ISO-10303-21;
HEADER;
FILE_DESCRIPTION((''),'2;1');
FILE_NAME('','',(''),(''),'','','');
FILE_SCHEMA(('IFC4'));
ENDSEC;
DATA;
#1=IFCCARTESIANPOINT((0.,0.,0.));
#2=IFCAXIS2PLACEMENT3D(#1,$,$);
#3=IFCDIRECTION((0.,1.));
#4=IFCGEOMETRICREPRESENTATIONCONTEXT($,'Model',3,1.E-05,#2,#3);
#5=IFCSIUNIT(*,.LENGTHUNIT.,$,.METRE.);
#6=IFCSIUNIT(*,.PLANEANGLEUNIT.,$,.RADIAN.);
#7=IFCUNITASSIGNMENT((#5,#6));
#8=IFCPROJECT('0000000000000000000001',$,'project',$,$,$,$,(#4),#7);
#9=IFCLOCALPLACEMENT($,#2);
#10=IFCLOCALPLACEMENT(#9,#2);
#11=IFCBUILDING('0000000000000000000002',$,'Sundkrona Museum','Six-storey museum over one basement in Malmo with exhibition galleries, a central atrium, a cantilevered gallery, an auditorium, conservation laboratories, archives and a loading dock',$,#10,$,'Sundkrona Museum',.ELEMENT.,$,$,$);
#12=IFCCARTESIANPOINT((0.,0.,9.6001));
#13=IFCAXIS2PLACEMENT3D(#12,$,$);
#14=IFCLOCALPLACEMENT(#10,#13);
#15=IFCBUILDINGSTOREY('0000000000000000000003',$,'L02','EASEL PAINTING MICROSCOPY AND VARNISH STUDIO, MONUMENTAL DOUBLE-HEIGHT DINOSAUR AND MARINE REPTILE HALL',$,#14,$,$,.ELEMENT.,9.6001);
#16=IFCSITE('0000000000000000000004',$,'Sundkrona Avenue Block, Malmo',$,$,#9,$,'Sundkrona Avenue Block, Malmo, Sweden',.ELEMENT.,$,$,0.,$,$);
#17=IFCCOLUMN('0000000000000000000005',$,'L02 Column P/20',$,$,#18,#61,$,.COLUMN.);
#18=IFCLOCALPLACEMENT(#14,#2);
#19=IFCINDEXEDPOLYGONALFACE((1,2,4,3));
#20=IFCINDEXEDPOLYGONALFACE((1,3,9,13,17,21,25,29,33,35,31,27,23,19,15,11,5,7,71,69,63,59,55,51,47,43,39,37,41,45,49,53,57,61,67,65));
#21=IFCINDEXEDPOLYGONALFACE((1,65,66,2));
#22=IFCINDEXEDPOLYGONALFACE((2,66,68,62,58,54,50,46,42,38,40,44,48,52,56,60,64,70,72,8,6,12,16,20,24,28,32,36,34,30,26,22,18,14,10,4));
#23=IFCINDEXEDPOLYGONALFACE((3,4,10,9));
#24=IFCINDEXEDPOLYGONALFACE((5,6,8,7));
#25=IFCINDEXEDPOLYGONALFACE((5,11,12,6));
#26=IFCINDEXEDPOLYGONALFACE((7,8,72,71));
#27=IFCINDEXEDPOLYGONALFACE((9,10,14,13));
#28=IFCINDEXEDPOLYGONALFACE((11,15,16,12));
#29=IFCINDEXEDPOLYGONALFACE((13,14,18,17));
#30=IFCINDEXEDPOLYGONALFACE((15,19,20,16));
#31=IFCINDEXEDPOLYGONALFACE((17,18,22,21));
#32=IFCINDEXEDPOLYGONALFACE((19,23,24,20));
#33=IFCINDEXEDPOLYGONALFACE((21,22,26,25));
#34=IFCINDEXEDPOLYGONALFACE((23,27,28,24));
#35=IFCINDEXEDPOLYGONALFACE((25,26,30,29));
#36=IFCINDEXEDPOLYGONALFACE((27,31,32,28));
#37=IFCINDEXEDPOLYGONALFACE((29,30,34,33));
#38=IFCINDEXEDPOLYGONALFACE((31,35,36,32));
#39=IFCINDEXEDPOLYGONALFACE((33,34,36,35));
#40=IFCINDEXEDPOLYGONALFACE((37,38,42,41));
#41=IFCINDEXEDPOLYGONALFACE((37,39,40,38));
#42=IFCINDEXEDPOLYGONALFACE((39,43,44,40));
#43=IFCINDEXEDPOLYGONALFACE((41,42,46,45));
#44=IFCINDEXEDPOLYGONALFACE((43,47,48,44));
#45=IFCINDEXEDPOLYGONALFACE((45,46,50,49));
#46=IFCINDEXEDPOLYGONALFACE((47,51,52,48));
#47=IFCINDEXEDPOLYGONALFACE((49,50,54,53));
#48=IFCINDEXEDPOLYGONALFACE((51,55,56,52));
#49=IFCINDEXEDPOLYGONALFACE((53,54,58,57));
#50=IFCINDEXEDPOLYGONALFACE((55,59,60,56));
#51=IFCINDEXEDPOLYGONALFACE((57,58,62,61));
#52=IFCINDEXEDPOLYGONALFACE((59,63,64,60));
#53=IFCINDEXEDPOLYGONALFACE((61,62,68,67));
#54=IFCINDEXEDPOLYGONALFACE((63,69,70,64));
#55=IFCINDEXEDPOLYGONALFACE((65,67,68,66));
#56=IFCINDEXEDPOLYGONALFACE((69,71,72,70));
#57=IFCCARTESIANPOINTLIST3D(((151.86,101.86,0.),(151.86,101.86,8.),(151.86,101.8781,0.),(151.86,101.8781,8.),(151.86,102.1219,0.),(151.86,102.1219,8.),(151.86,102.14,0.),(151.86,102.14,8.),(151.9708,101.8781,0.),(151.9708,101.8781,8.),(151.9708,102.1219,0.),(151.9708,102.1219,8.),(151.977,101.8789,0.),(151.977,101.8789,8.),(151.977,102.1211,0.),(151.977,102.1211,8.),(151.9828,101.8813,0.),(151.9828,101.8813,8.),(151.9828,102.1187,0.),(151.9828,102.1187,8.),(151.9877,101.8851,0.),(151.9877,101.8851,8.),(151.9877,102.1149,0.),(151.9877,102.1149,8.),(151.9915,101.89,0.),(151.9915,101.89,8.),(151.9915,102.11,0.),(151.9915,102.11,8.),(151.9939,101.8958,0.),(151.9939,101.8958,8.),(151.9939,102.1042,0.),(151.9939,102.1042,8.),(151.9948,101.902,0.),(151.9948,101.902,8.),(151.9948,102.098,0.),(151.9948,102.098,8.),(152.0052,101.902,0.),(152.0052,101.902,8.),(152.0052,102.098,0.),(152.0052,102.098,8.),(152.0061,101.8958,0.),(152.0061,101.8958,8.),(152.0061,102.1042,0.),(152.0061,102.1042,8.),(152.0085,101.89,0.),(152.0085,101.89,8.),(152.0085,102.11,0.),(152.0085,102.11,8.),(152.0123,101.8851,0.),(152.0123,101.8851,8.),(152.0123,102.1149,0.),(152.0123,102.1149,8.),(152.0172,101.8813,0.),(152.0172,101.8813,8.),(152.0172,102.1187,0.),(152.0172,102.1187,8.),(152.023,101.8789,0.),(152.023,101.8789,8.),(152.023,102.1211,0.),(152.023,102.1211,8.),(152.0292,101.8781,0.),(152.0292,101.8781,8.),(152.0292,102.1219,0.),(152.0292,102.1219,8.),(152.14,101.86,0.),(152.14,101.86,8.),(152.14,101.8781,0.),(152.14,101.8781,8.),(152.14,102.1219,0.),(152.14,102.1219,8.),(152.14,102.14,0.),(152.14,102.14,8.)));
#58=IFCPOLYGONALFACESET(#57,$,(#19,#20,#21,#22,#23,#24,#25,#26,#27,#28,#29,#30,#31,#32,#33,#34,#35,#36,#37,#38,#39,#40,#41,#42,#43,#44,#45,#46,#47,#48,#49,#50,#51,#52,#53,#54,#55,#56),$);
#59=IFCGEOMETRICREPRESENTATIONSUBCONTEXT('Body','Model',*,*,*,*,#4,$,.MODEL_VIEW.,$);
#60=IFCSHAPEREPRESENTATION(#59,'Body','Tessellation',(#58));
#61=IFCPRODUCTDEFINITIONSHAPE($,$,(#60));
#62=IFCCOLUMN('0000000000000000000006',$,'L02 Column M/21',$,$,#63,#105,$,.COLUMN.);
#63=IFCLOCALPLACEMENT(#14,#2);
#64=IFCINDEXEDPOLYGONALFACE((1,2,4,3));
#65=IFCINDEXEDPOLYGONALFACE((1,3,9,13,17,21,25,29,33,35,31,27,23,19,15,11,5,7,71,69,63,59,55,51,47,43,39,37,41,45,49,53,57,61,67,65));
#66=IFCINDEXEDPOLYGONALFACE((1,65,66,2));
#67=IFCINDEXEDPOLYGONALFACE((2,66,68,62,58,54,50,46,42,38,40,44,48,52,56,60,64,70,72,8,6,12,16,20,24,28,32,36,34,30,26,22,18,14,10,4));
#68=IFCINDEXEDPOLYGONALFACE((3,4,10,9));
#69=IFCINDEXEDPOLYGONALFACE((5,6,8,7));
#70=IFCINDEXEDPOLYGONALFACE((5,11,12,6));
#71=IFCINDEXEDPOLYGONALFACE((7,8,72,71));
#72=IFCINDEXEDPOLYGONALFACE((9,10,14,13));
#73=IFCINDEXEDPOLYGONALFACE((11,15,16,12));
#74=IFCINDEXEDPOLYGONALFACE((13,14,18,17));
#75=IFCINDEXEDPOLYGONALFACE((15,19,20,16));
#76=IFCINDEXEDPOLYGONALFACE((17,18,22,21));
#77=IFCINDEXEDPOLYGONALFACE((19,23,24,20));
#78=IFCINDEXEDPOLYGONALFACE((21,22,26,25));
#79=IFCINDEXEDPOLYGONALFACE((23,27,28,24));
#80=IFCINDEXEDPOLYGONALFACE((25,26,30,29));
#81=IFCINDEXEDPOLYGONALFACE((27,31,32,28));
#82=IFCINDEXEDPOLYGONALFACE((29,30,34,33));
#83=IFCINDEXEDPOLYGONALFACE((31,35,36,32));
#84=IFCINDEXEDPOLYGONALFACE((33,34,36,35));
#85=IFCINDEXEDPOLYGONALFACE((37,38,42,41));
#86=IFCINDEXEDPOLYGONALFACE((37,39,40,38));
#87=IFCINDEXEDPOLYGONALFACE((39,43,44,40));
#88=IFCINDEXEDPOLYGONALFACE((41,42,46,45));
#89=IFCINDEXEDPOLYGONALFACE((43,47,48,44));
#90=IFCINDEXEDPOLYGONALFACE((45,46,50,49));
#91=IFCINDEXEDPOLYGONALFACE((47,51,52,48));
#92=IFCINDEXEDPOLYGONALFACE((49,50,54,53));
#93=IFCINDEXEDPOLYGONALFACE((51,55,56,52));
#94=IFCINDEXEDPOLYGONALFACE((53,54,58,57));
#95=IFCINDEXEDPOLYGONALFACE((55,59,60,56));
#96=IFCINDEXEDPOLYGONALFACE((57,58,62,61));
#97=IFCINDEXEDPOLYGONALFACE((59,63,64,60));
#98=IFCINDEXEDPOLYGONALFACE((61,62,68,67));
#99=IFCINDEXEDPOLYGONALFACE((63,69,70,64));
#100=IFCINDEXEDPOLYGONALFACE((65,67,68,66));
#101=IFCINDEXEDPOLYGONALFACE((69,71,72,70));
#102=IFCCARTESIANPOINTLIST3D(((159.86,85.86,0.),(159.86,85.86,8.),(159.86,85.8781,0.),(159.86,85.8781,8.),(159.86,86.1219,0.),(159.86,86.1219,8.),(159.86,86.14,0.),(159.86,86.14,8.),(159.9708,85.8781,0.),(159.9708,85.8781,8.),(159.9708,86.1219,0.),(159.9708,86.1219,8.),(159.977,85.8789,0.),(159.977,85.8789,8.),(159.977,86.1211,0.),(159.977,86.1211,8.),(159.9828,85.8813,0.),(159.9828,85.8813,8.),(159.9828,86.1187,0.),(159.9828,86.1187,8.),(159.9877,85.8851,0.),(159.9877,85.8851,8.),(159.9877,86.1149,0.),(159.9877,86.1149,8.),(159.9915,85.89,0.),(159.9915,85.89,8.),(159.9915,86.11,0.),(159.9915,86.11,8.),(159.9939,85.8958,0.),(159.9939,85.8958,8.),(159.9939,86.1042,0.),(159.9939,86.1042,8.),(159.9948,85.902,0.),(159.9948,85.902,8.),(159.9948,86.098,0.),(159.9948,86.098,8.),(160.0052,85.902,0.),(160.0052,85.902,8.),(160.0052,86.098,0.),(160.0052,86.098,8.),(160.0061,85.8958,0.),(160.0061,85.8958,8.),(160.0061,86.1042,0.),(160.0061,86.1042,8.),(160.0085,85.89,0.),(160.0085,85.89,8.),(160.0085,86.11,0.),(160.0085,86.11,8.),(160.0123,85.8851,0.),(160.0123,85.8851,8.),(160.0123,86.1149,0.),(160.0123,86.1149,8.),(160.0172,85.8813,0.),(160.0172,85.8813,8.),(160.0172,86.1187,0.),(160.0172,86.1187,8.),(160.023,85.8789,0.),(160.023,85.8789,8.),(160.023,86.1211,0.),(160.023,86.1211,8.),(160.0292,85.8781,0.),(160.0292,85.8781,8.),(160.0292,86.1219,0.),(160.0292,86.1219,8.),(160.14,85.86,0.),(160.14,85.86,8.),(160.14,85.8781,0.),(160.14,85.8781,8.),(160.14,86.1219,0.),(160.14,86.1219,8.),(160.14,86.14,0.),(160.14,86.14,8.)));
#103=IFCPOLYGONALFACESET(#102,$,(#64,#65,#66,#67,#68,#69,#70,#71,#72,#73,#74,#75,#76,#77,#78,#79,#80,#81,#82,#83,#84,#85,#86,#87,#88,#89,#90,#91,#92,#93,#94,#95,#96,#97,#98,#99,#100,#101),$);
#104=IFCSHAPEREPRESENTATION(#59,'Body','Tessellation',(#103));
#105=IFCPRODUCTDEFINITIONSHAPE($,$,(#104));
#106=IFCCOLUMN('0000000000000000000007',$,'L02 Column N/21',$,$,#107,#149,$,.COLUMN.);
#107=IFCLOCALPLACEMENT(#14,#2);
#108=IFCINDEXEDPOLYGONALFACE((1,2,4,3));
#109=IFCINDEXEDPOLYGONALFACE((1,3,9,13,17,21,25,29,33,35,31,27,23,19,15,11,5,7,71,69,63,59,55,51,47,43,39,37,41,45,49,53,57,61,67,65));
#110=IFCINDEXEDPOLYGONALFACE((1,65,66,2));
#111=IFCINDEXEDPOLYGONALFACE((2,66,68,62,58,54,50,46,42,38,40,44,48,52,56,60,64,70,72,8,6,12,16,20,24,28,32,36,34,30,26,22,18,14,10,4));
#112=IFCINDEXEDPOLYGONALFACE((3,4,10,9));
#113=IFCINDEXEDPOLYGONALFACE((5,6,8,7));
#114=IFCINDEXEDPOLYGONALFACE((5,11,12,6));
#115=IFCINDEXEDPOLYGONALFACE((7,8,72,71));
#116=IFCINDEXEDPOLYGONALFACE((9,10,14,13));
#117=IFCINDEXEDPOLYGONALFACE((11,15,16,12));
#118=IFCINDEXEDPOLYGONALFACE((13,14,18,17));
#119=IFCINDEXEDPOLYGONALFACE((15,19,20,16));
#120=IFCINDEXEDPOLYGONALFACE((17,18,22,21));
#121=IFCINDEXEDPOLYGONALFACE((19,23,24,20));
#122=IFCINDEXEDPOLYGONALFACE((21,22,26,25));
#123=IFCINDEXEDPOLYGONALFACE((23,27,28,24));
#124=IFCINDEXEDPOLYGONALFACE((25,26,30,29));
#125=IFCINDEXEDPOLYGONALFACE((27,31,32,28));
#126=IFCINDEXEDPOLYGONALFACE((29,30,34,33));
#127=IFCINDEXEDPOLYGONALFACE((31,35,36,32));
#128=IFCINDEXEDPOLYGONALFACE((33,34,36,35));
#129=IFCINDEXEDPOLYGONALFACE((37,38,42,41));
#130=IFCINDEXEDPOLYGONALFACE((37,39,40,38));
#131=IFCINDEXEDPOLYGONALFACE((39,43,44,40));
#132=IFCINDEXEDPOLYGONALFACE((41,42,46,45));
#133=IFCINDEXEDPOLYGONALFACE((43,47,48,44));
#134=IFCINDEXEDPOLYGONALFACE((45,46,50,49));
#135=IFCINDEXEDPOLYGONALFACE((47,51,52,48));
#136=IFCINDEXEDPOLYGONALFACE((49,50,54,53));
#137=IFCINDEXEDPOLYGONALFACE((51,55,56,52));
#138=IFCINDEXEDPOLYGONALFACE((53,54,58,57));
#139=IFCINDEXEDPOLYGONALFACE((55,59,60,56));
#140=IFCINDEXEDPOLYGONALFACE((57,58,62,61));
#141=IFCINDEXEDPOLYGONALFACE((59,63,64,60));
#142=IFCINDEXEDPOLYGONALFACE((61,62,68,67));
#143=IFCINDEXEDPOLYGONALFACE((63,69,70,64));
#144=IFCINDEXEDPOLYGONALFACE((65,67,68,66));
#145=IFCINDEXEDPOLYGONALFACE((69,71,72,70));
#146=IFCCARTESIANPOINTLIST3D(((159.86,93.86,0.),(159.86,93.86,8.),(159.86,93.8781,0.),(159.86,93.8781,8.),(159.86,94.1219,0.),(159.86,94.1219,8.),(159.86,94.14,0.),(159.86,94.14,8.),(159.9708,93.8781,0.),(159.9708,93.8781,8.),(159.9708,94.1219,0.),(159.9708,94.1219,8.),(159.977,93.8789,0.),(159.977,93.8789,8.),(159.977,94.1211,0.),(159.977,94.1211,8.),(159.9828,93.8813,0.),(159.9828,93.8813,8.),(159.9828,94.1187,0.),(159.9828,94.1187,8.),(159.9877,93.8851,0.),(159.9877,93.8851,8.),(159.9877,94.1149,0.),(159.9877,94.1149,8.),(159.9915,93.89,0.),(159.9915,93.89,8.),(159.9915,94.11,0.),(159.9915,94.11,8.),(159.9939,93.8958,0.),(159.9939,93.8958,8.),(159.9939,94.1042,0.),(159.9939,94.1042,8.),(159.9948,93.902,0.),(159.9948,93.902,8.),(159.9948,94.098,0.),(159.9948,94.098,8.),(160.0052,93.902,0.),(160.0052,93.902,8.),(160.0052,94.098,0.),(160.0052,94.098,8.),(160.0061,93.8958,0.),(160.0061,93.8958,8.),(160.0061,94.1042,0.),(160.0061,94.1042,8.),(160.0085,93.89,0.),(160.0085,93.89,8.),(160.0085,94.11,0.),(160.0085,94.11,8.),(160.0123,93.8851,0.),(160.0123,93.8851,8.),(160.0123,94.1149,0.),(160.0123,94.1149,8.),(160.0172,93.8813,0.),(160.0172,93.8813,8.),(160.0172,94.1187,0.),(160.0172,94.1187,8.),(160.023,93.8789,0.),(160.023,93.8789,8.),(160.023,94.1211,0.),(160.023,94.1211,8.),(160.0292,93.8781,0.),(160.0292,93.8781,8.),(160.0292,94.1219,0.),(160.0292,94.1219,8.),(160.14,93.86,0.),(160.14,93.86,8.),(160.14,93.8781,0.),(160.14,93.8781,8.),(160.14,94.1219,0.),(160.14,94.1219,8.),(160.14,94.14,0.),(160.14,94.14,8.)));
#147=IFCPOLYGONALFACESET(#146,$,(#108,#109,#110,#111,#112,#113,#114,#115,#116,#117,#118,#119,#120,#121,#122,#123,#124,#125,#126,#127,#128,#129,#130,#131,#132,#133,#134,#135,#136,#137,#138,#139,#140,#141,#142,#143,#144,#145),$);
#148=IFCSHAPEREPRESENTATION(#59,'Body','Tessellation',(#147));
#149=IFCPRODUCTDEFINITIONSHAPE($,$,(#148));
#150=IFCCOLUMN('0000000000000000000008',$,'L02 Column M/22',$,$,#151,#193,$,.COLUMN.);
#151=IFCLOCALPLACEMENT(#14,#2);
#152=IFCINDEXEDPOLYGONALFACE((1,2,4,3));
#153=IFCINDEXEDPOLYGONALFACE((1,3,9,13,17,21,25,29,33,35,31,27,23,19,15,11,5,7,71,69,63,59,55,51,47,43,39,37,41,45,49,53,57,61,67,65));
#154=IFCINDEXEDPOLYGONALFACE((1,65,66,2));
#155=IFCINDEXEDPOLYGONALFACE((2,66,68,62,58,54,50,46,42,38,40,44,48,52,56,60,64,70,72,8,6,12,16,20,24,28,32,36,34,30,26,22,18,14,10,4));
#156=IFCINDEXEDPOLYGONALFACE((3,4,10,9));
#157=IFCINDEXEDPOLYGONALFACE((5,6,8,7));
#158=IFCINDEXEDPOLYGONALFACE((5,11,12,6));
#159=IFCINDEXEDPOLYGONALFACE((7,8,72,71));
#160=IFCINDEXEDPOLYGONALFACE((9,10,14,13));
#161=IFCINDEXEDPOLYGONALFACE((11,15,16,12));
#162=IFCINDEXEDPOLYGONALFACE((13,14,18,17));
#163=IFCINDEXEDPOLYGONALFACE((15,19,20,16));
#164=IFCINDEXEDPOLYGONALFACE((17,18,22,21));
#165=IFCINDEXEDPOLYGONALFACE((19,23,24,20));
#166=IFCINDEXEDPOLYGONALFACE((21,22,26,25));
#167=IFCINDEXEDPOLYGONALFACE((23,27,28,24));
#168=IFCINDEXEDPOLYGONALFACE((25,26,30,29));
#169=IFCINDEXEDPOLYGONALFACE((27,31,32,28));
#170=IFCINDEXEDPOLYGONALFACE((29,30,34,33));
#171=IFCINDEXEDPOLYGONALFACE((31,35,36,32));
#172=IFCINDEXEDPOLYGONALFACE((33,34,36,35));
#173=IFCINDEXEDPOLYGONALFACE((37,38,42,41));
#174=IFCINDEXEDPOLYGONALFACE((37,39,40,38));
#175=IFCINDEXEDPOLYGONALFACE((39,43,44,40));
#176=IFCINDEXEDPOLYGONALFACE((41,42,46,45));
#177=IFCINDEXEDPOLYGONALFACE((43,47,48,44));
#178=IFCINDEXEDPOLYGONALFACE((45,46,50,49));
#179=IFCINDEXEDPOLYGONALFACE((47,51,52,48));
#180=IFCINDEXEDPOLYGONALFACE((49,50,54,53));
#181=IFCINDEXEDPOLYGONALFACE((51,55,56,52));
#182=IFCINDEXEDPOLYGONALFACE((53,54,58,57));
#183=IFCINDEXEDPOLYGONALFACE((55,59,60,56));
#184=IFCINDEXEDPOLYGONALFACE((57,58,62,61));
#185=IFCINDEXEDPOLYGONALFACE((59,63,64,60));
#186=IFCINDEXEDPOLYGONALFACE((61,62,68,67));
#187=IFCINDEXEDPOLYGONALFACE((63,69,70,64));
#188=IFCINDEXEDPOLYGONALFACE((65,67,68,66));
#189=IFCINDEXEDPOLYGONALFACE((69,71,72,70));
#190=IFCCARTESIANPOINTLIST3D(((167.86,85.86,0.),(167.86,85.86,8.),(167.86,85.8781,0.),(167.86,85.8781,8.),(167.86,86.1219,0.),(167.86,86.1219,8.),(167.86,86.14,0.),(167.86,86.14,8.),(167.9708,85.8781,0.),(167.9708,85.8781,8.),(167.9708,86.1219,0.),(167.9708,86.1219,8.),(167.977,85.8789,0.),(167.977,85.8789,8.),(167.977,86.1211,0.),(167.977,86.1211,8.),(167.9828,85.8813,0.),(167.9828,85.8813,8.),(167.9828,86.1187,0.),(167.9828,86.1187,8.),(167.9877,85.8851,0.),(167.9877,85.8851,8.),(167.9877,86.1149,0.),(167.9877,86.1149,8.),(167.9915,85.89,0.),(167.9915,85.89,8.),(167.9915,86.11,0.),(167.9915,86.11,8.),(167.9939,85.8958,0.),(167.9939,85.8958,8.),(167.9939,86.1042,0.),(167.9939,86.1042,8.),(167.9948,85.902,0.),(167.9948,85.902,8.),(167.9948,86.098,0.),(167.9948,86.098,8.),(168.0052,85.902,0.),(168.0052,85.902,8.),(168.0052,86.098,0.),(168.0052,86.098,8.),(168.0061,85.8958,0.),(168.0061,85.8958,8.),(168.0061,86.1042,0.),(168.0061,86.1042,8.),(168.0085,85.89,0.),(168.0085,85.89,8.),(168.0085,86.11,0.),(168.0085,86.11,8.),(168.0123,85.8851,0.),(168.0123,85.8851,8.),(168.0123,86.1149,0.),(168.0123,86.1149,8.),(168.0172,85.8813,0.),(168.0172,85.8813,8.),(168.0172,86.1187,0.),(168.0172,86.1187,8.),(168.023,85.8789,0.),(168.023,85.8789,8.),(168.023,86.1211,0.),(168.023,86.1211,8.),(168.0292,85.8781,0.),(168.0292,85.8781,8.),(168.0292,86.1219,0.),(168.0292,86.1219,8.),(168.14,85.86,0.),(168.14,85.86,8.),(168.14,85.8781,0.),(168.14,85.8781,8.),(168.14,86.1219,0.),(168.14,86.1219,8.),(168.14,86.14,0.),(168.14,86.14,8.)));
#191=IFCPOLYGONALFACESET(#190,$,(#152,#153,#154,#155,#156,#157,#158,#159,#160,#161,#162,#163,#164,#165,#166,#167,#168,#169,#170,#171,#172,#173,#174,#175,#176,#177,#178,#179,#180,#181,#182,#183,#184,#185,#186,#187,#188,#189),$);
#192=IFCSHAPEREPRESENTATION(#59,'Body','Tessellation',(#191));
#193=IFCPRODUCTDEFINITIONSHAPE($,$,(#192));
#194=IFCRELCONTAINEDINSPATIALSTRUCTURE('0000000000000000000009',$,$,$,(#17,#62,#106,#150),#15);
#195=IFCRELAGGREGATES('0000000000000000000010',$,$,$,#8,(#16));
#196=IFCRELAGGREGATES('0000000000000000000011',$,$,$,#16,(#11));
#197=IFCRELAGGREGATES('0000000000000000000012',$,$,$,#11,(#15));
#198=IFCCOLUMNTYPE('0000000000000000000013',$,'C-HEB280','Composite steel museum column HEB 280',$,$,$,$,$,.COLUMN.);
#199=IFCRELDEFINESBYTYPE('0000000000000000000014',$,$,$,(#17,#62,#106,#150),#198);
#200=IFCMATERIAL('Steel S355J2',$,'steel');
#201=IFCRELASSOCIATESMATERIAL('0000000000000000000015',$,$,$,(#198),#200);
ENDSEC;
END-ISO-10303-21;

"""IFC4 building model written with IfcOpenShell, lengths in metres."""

from ifc_helpers import new_model, si_unit, direction, frame, origin, origin_2d, place, context, subcontext, project, spatial, i_section, extrude, material, material_profile, profile_set, type_object, element, save


model = new_model("IFC4")

# Units and contexts
model_context = context("Model", 3, precision=1e-05, world=origin(), true_north=direction((0.0, 1.0)))
body_context = subcontext(model_context, "Body", "Model", "MODEL_VIEW")
ifc_project = project(units=[si_unit("LENGTHUNIT", "METRE"), si_unit("PLANEANGLEUNIT", "RADIAN")], contexts=[model_context])

# Site, building, storey
site_placement = place(None, origin())
site = spatial("IfcSite", under=ifc_project, at=site_placement, Name="Sundkrona Avenue Block, Malmo", LongName="Sundkrona Avenue Block, Malmo, Sweden", CompositionType="ELEMENT", RefElevation=0.0)
building_placement = place(site_placement, origin())
building = spatial("IfcBuilding", under=site, at=building_placement, Name="Sundkrona Museum", Description="Six-storey museum over one basement in Malmo with exhibition galleries, a central atrium, a cantilevered gallery, an auditorium, conservation laboratories, archives and a loading dock", LongName="Sundkrona Museum", CompositionType="ELEMENT")
storey_placement = place(building_placement, frame((0.0, 0.0, 9.6001)))
storey = spatial("IfcBuildingStorey", under=building, at=storey_placement, Name="L02", Description="EASEL PAINTING MICROSCOPY AND VARNISH STUDIO, MONUMENTAL DOUBLE-HEIGHT DINOSAUR AND MARINE REPTILE HALL", CompositionType="ELEMENT", Elevation=9.6001)

# Columns
ifc_material_1 = material(Name="Steel S355J2", Category="steel")
ifc_material_profile_1 = material_profile(ifc_material_1, i_section(OverallWidth=0.28, OverallDepth=0.28, WebThickness=0.0105, FlangeThickness=0.0181, FilletRadius=0.0239, at=origin_2d()), Name="HEB 280")
ifc_profile_set_1 = profile_set([ifc_material_profile_1], Name="Steel S355J2")
column_type = type_object("IfcColumnType", Name="C-HEB280", Description="Composite steel museum column HEB 280", PredefinedType="COLUMN", material=ifc_profile_set_1)
for number, where, z_axis, x_axis, name in (
    (1, (152.0, 102.0, 0.0), (0.0, 0.0, 1.0), (1.0, 0.0, 0.0), "L02 Column P/20"),
    (2, (160.0, 86.0, 0.0), (0.0, 0.0, 1.0), (1.0, 0.0, 0.0), "L02 Column M/21"),
    (3, (160.0, 94.0, 0.0), (0.0, 0.0, 1.0), (1.0, 0.0, 0.0), "L02 Column N/21"),
    (4, (168.0, 86.0, 0.0), (0.0, 0.0, 1.0), (1.0, 0.0, 0.0), "L02 Column M/22"),
):
    element("IfcColumn", number, at=place(storey_placement, frame(where, z_axis=z_axis, x_axis=x_axis)), inside=storey, type_object=column_type, Name=name, PredefinedType="COLUMN", context=body_context, shape_type="SweptSolid", body=[
        extrude(i_section(OverallWidth=0.28, OverallDepth=0.28, WebThickness=0.0105, FlangeThickness=0.0181, FilletRadius=0.0239, at=origin_2d()), origin(), (0.0, 0.0, 1.0), 8.0),
    ])

save(model, "model.ifc")
